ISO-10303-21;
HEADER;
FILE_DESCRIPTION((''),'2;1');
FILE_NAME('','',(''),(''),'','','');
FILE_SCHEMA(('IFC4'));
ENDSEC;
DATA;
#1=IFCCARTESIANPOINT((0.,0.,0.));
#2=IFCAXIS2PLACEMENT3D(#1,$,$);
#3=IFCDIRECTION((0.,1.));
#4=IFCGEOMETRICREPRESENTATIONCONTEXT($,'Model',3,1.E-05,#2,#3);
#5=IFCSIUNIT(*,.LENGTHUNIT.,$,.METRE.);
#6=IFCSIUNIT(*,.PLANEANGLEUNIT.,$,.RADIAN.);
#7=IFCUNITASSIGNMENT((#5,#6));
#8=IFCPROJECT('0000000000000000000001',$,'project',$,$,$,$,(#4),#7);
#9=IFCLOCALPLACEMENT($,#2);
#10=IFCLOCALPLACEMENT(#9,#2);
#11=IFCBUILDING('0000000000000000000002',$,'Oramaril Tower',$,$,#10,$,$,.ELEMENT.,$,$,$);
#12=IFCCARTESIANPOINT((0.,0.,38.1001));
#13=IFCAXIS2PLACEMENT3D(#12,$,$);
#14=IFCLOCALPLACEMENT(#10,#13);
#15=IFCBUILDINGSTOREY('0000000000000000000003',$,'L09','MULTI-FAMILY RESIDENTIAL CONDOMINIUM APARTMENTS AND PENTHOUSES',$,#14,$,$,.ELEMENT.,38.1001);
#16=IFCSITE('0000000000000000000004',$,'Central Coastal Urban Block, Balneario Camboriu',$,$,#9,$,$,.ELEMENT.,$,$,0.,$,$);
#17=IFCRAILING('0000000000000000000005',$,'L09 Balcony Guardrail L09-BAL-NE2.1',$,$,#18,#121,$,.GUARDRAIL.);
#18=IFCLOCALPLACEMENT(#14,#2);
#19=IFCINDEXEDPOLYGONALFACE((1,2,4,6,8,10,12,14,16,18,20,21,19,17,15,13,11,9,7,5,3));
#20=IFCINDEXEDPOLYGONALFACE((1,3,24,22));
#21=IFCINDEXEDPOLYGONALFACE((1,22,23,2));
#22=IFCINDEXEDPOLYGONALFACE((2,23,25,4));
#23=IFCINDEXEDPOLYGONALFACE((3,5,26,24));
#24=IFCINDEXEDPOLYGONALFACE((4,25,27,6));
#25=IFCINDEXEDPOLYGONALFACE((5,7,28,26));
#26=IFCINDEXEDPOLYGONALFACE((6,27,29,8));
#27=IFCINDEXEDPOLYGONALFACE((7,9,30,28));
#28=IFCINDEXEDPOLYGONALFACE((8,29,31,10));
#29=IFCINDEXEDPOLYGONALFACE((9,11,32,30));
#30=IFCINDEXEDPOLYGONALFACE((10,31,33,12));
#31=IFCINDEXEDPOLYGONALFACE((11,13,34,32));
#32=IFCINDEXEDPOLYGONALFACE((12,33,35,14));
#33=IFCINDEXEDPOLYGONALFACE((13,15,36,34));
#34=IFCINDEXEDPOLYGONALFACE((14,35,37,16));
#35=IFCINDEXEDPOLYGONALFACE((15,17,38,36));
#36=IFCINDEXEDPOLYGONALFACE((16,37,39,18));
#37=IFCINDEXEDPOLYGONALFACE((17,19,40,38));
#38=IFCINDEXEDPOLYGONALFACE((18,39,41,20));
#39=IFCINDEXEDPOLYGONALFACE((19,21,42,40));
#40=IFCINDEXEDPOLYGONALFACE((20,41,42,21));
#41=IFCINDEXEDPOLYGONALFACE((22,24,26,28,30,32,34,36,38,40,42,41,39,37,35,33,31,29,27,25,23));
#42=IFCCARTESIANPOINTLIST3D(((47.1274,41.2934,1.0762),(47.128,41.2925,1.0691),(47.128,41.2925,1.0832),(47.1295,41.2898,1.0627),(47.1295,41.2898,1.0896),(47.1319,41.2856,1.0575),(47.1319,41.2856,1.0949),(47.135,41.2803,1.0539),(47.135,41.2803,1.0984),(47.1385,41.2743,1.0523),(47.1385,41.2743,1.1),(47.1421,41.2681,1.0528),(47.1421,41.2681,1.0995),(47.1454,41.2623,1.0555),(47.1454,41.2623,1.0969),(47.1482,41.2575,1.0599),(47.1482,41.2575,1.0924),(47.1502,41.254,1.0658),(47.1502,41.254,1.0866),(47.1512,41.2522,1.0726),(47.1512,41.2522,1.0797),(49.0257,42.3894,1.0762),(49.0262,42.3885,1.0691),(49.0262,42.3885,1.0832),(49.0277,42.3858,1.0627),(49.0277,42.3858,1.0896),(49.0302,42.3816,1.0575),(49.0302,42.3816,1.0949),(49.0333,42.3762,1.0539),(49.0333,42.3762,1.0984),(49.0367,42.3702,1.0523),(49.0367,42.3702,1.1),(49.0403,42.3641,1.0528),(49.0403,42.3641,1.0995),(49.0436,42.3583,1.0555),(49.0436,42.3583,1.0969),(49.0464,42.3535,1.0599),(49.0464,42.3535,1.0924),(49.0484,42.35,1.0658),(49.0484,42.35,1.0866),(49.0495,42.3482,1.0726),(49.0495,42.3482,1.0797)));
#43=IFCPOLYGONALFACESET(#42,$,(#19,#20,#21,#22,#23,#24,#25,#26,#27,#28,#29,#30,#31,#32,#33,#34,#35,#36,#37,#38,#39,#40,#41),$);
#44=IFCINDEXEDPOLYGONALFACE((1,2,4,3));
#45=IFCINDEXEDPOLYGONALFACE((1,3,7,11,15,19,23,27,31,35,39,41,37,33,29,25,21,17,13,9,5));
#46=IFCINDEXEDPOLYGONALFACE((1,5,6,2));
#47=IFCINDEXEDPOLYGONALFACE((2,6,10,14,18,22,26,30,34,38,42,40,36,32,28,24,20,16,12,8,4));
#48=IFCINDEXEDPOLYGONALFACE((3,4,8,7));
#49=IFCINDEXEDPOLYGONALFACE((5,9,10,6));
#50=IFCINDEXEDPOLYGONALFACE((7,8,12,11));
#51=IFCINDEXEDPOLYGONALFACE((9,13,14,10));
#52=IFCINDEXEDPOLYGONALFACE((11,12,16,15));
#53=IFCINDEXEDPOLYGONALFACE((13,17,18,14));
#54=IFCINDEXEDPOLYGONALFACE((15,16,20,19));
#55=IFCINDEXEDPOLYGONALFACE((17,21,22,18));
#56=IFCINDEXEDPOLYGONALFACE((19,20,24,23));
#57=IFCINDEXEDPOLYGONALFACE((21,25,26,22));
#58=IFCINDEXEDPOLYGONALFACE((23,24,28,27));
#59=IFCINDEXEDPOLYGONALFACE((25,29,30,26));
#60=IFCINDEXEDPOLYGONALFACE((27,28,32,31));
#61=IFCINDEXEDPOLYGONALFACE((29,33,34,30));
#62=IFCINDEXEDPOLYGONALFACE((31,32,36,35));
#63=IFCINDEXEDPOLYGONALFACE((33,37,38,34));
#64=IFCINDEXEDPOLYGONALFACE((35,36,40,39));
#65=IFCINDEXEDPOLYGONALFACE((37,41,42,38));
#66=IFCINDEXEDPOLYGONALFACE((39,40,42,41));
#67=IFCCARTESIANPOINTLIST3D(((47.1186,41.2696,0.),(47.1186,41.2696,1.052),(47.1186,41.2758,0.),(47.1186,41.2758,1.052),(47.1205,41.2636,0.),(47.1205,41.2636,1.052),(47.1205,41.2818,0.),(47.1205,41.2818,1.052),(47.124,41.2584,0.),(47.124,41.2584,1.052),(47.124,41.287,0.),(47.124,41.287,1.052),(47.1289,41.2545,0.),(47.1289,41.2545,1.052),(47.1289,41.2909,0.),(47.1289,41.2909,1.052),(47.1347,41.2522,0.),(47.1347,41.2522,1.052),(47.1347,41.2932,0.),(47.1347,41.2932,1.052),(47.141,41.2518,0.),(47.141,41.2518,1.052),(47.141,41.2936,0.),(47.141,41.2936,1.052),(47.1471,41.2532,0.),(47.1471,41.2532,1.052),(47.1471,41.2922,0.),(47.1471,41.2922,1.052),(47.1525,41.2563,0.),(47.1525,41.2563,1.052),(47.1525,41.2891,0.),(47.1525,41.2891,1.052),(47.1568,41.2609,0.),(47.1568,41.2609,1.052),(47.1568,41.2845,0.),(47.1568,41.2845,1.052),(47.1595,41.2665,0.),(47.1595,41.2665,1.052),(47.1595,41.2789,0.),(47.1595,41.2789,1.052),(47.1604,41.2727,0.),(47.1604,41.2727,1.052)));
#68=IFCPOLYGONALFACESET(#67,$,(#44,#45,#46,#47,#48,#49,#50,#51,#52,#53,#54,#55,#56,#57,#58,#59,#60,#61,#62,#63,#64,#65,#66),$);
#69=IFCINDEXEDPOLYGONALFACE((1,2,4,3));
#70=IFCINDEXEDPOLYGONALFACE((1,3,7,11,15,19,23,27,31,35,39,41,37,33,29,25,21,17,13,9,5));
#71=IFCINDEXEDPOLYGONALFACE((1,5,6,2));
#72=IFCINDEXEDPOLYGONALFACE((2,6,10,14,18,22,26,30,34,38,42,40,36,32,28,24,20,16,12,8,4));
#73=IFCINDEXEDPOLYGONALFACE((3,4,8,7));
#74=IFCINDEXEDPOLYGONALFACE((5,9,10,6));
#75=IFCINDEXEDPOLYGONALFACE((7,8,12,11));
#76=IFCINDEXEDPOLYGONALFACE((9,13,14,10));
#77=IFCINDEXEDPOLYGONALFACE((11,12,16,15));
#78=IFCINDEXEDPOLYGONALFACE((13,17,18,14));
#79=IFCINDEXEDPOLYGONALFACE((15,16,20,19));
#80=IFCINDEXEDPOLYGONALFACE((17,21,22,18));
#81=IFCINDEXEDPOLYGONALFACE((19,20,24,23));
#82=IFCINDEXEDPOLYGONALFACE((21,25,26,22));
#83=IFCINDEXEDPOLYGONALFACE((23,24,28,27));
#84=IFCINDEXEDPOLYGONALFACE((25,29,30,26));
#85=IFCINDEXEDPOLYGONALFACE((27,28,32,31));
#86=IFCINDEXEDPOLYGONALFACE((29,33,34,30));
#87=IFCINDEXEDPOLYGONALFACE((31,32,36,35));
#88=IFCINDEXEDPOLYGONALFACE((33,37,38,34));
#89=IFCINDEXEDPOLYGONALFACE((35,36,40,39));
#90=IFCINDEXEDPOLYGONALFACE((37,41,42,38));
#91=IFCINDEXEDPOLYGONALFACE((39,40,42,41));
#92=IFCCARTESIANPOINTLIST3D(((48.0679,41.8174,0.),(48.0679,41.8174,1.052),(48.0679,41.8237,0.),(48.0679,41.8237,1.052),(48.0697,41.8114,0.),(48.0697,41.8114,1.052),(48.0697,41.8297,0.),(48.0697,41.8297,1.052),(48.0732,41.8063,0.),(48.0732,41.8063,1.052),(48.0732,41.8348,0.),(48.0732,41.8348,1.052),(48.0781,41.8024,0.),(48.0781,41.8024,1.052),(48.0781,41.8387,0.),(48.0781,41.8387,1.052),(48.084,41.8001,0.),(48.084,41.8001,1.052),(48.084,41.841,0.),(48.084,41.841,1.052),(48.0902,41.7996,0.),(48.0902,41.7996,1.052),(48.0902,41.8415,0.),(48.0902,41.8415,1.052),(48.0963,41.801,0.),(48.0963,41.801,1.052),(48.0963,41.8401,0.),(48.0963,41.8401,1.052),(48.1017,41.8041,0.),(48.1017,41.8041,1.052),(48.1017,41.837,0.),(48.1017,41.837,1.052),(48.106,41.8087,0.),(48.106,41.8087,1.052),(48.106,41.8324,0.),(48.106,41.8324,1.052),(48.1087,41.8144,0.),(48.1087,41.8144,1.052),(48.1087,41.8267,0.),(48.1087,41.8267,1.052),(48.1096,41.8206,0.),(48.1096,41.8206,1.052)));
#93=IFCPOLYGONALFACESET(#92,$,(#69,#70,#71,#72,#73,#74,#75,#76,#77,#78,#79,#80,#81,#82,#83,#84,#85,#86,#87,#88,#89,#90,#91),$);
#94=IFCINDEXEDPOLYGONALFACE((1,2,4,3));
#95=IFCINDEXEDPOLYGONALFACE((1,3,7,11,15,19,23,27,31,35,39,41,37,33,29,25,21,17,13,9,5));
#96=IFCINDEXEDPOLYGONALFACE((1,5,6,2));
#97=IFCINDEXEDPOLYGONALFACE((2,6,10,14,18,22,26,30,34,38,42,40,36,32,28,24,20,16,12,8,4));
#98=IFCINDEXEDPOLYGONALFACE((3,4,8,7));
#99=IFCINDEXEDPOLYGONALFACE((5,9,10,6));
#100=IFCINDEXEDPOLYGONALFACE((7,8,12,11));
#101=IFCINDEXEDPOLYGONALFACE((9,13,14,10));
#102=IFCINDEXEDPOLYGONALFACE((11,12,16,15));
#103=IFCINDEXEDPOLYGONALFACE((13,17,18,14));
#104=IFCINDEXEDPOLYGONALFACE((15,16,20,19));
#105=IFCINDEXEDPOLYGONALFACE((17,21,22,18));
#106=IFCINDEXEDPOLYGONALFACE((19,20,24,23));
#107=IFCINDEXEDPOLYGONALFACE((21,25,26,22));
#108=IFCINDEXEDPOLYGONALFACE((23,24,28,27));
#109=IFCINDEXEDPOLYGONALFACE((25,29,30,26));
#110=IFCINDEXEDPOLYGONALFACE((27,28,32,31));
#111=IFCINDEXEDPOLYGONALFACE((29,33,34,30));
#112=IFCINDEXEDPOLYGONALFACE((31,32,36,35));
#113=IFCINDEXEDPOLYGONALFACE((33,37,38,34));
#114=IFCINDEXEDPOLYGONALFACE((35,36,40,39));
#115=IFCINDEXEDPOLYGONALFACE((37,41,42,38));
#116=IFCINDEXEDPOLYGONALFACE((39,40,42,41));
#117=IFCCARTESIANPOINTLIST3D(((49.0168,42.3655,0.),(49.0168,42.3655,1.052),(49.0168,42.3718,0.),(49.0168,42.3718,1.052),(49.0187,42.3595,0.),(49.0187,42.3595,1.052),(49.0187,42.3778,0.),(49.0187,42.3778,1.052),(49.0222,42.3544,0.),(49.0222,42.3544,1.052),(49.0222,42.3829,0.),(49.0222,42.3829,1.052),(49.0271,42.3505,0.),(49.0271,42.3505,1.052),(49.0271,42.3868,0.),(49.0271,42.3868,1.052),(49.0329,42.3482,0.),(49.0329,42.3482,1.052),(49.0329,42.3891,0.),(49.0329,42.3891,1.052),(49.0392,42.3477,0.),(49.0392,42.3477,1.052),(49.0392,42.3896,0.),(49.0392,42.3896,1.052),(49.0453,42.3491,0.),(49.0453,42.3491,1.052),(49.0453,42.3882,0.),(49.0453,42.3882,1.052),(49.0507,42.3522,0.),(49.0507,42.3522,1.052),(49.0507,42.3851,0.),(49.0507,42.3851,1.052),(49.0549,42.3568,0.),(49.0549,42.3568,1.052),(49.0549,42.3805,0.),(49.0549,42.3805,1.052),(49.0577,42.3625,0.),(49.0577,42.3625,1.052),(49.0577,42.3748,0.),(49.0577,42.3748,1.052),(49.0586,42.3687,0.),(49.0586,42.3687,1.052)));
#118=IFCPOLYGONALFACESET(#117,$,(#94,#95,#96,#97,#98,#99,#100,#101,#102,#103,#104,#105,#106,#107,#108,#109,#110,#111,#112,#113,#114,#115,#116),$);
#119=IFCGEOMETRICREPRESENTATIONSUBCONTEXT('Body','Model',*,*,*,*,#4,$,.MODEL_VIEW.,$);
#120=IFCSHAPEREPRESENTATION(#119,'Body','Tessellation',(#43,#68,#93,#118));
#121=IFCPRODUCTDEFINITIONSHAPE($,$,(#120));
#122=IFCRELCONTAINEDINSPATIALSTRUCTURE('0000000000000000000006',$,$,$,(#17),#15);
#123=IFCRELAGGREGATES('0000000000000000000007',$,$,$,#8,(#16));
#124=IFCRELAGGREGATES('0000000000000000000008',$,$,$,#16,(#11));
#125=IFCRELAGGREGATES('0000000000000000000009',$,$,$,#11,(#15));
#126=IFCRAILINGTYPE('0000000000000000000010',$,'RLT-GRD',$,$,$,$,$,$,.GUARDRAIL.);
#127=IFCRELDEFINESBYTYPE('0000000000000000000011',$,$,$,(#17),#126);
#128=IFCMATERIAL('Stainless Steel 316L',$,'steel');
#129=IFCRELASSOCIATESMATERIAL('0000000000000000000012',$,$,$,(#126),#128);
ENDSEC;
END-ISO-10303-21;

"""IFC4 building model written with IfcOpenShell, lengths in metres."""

from ifc_helpers import new_model, si_unit, direction, frame, origin, origin_2d, place, context, subcontext, project, spatial, circle, extrude, material, type_object, element, save


model = new_model("IFC4")

# Units and contexts
model_context = context("Model", 3, precision=1e-05, world=origin(), true_north=direction((0.0, 1.0)))
body_context = subcontext(model_context, "Body", "Model", "MODEL_VIEW")
ifc_project = project(units=[si_unit("LENGTHUNIT", "METRE"), si_unit("PLANEANGLEUNIT", "RADIAN")], contexts=[model_context])

# Site, building, storey
site_placement = place(None, origin())
site = spatial("IfcSite", under=ifc_project, at=site_placement, Name="Central Coastal Urban Block, Balneario Camboriu", CompositionType="ELEMENT", RefElevation=0.0)
building_placement = place(site_placement, origin())
building = spatial("IfcBuilding", under=site, at=building_placement, Name="Oramaril Tower", CompositionType="ELEMENT")
storey_placement = place(building_placement, frame((0.0, 0.0, 38.1001)))
storey = spatial("IfcBuildingStorey", under=building, at=storey_placement, Name="L09", Description="MULTI-FAMILY RESIDENTIAL CONDOMINIUM APARTMENTS AND PENTHOUSES", CompositionType="ELEMENT", Elevation=38.1001)

# Railing
ifc_material_1 = material(Name="Stainless Steel 316L", Category="steel")
railing_type = type_object("IfcRailingType", Name="RLT-GRD", PredefinedType="GUARDRAIL", material=ifc_material_1)
railing_1_placement = place(storey_placement, frame((47.1394, 41.2727, 0.0)))
element("IfcRailing", 1, at=railing_1_placement, inside=storey, type_object=railing_type, Name="L09 Balcony Guardrail L09-BAL-NE2.1", PredefinedType="GUARDRAIL", context=body_context, shape_type="SweptSolid", body=[
    extrude(circle(Radius=0.0239, at=origin_2d()), frame((0.0, 0.0, 1.0762), z_axis=(0.866021, 0.500008, 0.0), x_axis=(-0.500008, 0.866021, 0.0)), (0.0, 0.0, 1.0), 2.1919),
    extrude(circle(Radius=0.021, at=origin_2d()), origin(), (0.0, 0.0, 1.0), 1.052),
    extrude(circle(Radius=0.021, at=origin_2d()), frame((0.9492, 0.5479, 0.0)), (0.0, 0.0, 1.0), 1.052),
    extrude(circle(Radius=0.021, at=origin_2d()), frame((1.8982, 1.0959, 0.0)), (0.0, 0.0, 1.0), 1.052),
])

save(model, "model.ifc")
